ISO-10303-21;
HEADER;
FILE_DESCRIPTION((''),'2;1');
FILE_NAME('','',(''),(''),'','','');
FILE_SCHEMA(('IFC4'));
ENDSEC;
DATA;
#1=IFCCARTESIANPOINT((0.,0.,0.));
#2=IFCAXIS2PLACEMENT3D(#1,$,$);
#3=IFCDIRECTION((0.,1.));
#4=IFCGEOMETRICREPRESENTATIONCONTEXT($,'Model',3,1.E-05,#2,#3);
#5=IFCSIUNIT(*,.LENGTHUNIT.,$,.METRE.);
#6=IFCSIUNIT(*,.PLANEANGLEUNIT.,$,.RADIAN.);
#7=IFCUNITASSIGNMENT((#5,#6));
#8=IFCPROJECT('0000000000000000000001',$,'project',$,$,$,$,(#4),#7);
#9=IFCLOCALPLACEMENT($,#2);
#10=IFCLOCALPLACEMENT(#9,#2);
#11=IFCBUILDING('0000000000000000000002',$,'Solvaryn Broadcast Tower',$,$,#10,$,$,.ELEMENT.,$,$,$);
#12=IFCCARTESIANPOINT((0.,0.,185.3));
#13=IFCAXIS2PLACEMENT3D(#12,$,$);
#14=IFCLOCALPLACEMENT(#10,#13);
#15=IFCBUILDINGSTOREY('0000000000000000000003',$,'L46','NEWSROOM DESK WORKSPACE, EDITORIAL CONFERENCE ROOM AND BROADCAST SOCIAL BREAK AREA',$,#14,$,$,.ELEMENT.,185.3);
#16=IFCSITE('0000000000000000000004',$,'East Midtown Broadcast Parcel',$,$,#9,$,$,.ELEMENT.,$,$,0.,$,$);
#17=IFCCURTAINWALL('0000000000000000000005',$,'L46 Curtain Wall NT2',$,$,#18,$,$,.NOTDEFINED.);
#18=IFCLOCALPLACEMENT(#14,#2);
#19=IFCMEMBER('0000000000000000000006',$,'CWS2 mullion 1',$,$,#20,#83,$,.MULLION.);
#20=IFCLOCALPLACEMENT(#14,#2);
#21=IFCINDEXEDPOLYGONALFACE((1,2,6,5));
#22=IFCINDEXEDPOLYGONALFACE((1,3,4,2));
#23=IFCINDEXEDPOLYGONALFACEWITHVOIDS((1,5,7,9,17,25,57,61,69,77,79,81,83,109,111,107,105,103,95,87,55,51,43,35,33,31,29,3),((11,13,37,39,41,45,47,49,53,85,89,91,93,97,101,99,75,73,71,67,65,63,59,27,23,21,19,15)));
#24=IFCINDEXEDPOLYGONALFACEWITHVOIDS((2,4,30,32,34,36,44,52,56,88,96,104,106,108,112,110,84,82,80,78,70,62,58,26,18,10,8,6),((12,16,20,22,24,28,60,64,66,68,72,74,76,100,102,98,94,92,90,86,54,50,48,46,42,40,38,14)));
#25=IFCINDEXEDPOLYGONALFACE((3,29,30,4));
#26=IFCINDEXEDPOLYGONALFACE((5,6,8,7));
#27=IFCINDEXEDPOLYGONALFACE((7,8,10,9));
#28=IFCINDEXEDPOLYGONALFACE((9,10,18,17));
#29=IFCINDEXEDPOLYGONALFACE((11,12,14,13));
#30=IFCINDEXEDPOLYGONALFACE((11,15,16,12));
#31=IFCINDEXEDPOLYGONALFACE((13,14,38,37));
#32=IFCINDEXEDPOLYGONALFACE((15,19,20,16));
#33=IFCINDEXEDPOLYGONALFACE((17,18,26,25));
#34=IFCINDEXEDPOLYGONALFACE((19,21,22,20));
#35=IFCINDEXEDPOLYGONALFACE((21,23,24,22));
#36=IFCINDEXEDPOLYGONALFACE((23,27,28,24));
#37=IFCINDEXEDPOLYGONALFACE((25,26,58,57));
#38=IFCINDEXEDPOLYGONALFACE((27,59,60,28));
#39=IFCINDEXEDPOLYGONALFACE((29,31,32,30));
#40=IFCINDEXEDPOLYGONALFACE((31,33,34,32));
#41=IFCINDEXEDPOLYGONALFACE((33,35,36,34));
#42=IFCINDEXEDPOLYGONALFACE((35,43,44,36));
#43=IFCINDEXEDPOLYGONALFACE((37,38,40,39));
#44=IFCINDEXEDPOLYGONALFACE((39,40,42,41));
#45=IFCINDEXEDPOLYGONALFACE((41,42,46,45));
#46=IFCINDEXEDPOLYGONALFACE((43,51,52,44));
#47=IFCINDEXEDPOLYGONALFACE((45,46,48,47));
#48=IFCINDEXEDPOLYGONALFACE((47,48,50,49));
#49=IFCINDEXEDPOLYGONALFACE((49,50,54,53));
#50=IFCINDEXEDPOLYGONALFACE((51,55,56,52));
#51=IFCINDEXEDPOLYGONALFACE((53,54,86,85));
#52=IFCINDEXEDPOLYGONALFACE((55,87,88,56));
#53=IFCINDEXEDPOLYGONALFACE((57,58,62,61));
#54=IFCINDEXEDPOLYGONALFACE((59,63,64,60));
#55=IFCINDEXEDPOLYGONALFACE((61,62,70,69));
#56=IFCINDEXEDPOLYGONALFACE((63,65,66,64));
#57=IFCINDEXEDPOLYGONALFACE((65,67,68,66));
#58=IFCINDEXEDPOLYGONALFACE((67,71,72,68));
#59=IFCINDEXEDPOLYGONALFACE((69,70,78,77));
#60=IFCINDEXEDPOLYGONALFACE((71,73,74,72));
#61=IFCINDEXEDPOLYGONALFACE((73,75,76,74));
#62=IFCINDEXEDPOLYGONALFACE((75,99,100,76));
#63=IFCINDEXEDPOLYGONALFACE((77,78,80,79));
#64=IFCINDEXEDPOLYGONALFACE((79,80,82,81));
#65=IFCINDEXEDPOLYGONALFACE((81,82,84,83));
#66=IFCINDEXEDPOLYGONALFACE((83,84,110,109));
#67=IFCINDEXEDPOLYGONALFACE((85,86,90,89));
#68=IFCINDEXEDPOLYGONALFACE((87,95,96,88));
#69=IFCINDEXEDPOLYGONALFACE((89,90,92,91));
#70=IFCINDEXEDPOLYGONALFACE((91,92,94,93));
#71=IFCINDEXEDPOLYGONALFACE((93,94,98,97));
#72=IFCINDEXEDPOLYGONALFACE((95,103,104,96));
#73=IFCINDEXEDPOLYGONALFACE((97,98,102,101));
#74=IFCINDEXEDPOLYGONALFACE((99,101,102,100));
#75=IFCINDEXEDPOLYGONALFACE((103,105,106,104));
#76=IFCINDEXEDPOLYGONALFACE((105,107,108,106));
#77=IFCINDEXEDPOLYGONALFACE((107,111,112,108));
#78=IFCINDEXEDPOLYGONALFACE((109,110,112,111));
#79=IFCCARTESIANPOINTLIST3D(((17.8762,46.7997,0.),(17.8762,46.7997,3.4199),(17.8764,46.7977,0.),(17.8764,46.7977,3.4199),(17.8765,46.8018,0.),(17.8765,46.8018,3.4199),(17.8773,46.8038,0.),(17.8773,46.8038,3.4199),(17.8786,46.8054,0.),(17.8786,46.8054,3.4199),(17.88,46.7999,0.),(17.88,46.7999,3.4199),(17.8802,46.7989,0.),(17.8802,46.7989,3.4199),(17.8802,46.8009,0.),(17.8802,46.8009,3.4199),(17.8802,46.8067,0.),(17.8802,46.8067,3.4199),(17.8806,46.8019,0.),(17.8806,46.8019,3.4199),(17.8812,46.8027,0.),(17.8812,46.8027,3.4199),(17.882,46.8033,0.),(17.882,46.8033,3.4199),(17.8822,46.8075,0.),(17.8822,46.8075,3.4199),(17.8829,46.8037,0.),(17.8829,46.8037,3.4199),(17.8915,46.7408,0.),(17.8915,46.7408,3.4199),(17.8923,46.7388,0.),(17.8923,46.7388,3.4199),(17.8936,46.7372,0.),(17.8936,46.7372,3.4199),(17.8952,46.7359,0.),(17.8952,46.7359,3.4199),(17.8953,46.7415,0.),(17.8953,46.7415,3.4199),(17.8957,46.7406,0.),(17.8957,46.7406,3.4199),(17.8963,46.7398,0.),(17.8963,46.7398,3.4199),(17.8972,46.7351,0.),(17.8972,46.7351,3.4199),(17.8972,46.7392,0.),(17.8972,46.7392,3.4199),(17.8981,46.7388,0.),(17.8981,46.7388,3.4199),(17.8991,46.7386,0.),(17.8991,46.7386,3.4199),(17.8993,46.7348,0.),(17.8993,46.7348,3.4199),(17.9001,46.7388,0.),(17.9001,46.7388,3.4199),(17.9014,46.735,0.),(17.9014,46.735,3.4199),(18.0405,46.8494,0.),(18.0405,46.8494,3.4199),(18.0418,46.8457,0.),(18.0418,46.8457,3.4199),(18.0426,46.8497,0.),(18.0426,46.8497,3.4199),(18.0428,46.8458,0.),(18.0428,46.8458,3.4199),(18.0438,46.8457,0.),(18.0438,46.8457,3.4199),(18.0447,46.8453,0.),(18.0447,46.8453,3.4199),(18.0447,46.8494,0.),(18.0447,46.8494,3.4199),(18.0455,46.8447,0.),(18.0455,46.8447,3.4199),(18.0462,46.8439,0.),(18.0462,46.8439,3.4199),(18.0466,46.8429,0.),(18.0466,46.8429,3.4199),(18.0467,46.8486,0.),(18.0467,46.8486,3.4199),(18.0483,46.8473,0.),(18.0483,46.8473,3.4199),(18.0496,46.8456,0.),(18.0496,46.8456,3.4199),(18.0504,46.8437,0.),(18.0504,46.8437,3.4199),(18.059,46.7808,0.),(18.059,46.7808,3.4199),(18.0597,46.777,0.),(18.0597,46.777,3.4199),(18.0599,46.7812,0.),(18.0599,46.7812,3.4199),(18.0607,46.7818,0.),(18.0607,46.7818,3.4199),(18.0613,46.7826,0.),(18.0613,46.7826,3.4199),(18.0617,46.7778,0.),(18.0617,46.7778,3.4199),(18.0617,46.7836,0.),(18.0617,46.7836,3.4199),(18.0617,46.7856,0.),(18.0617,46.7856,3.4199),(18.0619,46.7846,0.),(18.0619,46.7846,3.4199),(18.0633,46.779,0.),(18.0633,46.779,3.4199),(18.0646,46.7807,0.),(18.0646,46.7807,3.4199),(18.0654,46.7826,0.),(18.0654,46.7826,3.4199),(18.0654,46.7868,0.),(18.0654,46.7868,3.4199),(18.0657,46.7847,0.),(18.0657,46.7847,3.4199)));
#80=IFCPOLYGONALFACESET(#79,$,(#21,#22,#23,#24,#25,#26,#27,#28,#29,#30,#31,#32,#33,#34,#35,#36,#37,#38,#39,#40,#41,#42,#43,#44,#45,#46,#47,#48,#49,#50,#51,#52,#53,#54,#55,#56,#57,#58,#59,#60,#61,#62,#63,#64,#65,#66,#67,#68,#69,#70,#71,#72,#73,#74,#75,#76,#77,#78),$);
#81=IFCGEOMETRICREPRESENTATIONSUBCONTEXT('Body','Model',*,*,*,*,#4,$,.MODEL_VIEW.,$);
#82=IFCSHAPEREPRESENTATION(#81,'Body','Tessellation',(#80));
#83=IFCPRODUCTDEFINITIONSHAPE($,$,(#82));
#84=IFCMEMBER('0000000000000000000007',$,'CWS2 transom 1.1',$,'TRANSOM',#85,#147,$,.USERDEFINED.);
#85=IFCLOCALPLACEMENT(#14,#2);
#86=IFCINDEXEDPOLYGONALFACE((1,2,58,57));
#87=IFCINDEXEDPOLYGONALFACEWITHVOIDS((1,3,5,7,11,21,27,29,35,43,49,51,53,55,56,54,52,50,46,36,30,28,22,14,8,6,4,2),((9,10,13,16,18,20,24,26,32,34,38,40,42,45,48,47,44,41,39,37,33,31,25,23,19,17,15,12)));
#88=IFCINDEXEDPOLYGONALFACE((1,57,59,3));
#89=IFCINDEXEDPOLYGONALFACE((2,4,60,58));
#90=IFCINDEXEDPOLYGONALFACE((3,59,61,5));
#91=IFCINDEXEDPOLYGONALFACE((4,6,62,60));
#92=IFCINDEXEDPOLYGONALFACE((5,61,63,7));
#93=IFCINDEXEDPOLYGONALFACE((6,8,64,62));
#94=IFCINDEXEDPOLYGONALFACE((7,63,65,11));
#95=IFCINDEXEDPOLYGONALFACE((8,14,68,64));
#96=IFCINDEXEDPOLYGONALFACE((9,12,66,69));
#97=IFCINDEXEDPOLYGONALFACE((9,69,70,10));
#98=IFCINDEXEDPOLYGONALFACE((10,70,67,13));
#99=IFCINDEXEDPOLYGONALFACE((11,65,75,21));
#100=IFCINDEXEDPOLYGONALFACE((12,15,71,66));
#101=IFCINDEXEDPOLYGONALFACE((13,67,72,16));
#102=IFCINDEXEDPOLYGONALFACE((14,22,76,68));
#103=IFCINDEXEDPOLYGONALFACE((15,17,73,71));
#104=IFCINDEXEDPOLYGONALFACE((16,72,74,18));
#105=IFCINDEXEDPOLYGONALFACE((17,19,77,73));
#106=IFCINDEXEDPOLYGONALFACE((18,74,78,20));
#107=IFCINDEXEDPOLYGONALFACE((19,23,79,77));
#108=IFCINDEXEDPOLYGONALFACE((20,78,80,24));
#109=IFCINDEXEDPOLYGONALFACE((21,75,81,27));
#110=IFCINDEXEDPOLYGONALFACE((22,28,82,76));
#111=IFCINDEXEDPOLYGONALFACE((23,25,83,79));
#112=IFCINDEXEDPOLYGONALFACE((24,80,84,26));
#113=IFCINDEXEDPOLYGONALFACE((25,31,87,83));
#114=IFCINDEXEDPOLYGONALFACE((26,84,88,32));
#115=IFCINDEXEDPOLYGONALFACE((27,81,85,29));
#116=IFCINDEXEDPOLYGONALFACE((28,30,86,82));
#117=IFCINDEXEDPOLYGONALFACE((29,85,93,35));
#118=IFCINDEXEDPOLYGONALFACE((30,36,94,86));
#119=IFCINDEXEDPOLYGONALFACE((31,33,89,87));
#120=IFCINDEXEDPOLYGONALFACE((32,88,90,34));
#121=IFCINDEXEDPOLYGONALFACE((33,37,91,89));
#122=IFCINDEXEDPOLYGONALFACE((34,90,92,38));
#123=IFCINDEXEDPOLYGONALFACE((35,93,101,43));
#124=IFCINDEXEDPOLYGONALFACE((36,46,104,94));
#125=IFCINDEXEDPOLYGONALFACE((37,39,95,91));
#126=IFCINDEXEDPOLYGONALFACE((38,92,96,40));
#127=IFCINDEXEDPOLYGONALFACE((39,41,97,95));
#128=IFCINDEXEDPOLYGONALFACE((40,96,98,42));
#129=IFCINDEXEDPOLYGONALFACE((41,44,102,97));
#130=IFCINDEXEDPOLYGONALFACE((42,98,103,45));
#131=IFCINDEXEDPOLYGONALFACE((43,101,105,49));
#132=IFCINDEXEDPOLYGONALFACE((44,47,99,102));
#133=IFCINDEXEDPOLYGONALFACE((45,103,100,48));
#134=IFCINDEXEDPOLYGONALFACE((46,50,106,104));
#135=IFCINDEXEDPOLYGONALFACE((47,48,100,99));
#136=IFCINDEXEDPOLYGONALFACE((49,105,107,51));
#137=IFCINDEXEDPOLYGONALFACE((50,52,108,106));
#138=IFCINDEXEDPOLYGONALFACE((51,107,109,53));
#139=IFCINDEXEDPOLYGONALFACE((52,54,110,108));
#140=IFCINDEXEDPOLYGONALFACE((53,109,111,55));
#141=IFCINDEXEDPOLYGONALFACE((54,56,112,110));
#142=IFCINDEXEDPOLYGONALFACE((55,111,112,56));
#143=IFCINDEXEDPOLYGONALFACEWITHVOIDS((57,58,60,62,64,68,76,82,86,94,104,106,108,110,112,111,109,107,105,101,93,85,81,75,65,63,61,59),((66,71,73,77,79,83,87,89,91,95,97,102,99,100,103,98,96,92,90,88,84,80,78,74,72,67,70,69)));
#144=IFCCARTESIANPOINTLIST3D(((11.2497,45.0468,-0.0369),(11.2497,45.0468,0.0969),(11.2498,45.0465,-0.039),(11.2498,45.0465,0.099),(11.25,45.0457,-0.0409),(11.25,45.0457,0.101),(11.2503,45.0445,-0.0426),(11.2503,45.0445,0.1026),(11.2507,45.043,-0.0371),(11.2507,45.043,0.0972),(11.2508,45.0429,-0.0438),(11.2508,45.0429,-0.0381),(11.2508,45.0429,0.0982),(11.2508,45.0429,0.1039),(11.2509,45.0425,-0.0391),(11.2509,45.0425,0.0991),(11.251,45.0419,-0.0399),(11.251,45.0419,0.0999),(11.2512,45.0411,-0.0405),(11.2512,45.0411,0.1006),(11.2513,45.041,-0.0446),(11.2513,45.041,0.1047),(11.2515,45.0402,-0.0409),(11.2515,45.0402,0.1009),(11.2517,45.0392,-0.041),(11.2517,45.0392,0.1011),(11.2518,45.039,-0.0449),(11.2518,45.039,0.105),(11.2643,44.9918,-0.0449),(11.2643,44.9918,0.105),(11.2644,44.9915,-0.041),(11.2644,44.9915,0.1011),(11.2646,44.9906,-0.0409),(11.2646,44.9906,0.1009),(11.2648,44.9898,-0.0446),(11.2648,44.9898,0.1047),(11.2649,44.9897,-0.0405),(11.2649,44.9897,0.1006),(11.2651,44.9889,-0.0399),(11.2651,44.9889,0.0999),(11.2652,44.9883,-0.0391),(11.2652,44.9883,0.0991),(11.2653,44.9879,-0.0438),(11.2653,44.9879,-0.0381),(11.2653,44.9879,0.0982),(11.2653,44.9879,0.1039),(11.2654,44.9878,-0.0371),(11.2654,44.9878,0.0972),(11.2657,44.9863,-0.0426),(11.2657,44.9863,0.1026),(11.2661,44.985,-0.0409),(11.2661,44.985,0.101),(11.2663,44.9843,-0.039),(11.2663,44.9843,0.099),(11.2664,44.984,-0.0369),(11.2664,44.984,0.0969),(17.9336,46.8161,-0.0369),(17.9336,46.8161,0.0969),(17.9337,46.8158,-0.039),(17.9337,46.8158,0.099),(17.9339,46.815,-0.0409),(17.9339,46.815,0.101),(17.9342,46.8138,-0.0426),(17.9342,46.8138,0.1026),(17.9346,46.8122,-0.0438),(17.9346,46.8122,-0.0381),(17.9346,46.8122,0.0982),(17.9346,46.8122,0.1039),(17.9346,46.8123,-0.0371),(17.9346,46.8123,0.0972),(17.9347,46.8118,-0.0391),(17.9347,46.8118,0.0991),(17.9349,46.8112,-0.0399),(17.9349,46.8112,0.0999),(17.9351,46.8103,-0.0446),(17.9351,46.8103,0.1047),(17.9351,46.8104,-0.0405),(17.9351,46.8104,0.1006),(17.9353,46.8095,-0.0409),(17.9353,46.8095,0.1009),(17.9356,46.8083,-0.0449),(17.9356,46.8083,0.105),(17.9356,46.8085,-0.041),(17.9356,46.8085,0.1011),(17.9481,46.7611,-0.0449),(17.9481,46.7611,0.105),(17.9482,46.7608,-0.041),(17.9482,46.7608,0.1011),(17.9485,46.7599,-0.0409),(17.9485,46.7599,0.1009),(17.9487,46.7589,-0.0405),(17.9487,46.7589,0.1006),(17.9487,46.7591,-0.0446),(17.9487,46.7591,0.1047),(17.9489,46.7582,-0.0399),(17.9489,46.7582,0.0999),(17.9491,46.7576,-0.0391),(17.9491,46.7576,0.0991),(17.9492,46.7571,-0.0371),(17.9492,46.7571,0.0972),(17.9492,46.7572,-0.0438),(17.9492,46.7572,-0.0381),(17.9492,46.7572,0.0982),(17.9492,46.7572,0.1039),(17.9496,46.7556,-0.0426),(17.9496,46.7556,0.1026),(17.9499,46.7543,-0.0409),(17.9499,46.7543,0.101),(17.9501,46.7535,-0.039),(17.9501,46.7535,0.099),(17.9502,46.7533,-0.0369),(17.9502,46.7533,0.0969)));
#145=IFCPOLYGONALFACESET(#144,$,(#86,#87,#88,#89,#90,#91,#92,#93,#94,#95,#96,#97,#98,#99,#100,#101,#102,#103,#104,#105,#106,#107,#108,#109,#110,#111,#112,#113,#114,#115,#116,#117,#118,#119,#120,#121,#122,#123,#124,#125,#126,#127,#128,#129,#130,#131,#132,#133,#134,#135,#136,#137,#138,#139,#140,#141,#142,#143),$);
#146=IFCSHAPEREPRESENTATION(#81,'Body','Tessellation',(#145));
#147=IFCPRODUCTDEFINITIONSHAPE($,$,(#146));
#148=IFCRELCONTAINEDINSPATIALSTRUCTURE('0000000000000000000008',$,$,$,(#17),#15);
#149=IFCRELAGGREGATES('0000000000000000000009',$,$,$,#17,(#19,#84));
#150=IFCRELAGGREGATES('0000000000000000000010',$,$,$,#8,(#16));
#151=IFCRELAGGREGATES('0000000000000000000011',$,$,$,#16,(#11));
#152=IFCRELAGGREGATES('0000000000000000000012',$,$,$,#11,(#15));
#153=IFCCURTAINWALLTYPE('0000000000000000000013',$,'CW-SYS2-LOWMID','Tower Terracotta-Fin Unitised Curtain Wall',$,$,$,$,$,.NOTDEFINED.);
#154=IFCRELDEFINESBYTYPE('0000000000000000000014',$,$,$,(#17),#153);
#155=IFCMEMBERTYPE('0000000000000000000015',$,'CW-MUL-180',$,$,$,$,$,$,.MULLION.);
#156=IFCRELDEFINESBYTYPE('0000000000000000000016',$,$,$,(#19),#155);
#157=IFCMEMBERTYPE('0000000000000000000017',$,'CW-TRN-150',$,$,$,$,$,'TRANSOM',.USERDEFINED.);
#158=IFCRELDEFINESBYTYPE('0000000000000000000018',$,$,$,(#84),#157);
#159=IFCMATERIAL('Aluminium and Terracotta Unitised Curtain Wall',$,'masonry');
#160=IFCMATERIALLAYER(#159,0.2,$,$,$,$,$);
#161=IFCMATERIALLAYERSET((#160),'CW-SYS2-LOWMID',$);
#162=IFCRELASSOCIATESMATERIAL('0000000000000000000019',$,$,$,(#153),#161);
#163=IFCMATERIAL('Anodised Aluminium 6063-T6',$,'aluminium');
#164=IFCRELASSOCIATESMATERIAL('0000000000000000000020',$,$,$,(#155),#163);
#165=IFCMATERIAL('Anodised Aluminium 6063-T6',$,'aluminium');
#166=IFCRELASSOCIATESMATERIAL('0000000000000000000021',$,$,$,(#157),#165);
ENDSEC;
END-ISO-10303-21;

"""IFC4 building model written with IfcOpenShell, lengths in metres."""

from ifc_helpers import new_model, si_unit, direction, frame, origin, origin_2d, place, context, subcontext, project, spatial, hollow_rectangle, extrude, material, layer, layer_set, material_profile, profile_set, type_object, element, aggregate, save


model = new_model("IFC4")

# Units and contexts
model_context = context("Model", 3, precision=1e-05, world=origin(), true_north=direction((0.0, 1.0)))
body_context = subcontext(model_context, "Body", "Model", "MODEL_VIEW")
ifc_project = project(units=[si_unit("LENGTHUNIT", "METRE"), si_unit("PLANEANGLEUNIT", "RADIAN")], contexts=[model_context])

# Site, building, storey
site_placement = place(None, origin())
site = spatial("IfcSite", under=ifc_project, at=site_placement, Name="East Midtown Broadcast Parcel", CompositionType="ELEMENT", RefElevation=0.0)
building_placement = place(site_placement, origin())
building = spatial("IfcBuilding", under=site, at=building_placement, Name="Solvaryn Broadcast Tower", CompositionType="ELEMENT")
storey_placement = place(building_placement, frame((0.0, 0.0, 185.3)))
storey = spatial("IfcBuildingStorey", under=building, at=storey_placement, Name="L46", Description="NEWSROOM DESK WORKSPACE, EDITORIAL CONFERENCE ROOM AND BROADCAST SOCIAL BREAK AREA", CompositionType="ELEMENT", Elevation=185.3)

# Shared definitions
ifc_material_1 = material(Name="Aluminium and Terracotta Unitised Curtain Wall", Category="masonry")
ifc_layer_1 = layer(ifc_material_1, 0.2)
ifc_layer_set_1 = layer_set([ifc_layer_1], Name="CW-SYS2-LOWMID")
curtain_wall_type = type_object("IfcCurtainWallType", Name="CW-SYS2-LOWMID", Description="Tower Terracotta-Fin Unitised Curtain Wall", PredefinedType="NOTDEFINED", material=ifc_layer_set_1)
ifc_material_2 = material(Name="Anodised Aluminium 6063-T6", Category="aluminium")
ifc_material_profile_1 = material_profile(ifc_material_2, hollow_rectangle(XDim=0.075, YDim=0.1799, WallThickness=0.0039, InnerFilletRadius=0.0039, OuterFilletRadius=0.0081, at=origin_2d()))
ifc_profile_set_1 = profile_set([ifc_material_profile_1], Name="Anodised Aluminium 6063-T6")
member_type_1 = type_object("IfcMemberType", Name="CW-MUL-180", PredefinedType="MULLION", material=ifc_profile_set_1)

# Curtain wall, members
curtain_wall_1_placement = place(storey_placement, origin())
curtain_wall_1 = element("IfcCurtainWall", 1, at=curtain_wall_1_placement, inside=storey, type_object=curtain_wall_type, Name="L46 Curtain Wall NT2", PredefinedType="NOTDEFINED")
member_1_placement = place(storey_placement, frame((17.9709, 46.7922, 0.0), z_axis=(0.0, 0.0, 1.0), x_axis=(0.255893, -0.966705, 0.0)))
member_1 = element("IfcMember", 2, at=member_1_placement, type_object=member_type_1, Name="CWS2 mullion 1", PredefinedType="MULLION", context=body_context, shape_type="SweptSolid", body=[
    extrude(hollow_rectangle(XDim=0.075, YDim=0.1799, WallThickness=0.0039, InnerFilletRadius=0.0039, OuterFilletRadius=0.0081, at=origin_2d()), origin(), (0.0, 0.0, 1.0), 3.4199),
])
ifc_material_3 = material(Name="Anodised Aluminium 6063-T6", Category="aluminium")
ifc_material_profile_2 = material_profile(ifc_material_3, hollow_rectangle(XDim=0.0649, YDim=0.1499, WallThickness=0.0039, InnerFilletRadius=0.0039, OuterFilletRadius=0.0081, at=origin_2d()))
ifc_profile_set_2 = profile_set([ifc_material_profile_2], Name="Anodised Aluminium 6063-T6")
member_type_2 = type_object("IfcMemberType", Name="CW-TRN-150", ElementType="TRANSOM", PredefinedType="USERDEFINED", material=ifc_profile_set_2)
member_2_placement = place(storey_placement, frame((17.9419, 46.7847, 0.03), z_axis=(-0.966704, -0.255897, 0.0), x_axis=(0.255897, -0.966704, 0.0)))
member_2 = element("IfcMember", 3, at=member_2_placement, type_object=member_type_2, Name="CWS2 transom 1.1", ObjectType="TRANSOM", PredefinedType="USERDEFINED", context=body_context, shape_type="SweptSolid", body=[
    extrude(hollow_rectangle(XDim=0.0649, YDim=0.1499, WallThickness=0.0039, InnerFilletRadius=0.0039, OuterFilletRadius=0.0081, at=origin_2d()), origin(), (0.0, 0.0, 1.0), 6.9141),
])
aggregate(curtain_wall_1, [member_1, member_2])

save(model, "model.ifc")
